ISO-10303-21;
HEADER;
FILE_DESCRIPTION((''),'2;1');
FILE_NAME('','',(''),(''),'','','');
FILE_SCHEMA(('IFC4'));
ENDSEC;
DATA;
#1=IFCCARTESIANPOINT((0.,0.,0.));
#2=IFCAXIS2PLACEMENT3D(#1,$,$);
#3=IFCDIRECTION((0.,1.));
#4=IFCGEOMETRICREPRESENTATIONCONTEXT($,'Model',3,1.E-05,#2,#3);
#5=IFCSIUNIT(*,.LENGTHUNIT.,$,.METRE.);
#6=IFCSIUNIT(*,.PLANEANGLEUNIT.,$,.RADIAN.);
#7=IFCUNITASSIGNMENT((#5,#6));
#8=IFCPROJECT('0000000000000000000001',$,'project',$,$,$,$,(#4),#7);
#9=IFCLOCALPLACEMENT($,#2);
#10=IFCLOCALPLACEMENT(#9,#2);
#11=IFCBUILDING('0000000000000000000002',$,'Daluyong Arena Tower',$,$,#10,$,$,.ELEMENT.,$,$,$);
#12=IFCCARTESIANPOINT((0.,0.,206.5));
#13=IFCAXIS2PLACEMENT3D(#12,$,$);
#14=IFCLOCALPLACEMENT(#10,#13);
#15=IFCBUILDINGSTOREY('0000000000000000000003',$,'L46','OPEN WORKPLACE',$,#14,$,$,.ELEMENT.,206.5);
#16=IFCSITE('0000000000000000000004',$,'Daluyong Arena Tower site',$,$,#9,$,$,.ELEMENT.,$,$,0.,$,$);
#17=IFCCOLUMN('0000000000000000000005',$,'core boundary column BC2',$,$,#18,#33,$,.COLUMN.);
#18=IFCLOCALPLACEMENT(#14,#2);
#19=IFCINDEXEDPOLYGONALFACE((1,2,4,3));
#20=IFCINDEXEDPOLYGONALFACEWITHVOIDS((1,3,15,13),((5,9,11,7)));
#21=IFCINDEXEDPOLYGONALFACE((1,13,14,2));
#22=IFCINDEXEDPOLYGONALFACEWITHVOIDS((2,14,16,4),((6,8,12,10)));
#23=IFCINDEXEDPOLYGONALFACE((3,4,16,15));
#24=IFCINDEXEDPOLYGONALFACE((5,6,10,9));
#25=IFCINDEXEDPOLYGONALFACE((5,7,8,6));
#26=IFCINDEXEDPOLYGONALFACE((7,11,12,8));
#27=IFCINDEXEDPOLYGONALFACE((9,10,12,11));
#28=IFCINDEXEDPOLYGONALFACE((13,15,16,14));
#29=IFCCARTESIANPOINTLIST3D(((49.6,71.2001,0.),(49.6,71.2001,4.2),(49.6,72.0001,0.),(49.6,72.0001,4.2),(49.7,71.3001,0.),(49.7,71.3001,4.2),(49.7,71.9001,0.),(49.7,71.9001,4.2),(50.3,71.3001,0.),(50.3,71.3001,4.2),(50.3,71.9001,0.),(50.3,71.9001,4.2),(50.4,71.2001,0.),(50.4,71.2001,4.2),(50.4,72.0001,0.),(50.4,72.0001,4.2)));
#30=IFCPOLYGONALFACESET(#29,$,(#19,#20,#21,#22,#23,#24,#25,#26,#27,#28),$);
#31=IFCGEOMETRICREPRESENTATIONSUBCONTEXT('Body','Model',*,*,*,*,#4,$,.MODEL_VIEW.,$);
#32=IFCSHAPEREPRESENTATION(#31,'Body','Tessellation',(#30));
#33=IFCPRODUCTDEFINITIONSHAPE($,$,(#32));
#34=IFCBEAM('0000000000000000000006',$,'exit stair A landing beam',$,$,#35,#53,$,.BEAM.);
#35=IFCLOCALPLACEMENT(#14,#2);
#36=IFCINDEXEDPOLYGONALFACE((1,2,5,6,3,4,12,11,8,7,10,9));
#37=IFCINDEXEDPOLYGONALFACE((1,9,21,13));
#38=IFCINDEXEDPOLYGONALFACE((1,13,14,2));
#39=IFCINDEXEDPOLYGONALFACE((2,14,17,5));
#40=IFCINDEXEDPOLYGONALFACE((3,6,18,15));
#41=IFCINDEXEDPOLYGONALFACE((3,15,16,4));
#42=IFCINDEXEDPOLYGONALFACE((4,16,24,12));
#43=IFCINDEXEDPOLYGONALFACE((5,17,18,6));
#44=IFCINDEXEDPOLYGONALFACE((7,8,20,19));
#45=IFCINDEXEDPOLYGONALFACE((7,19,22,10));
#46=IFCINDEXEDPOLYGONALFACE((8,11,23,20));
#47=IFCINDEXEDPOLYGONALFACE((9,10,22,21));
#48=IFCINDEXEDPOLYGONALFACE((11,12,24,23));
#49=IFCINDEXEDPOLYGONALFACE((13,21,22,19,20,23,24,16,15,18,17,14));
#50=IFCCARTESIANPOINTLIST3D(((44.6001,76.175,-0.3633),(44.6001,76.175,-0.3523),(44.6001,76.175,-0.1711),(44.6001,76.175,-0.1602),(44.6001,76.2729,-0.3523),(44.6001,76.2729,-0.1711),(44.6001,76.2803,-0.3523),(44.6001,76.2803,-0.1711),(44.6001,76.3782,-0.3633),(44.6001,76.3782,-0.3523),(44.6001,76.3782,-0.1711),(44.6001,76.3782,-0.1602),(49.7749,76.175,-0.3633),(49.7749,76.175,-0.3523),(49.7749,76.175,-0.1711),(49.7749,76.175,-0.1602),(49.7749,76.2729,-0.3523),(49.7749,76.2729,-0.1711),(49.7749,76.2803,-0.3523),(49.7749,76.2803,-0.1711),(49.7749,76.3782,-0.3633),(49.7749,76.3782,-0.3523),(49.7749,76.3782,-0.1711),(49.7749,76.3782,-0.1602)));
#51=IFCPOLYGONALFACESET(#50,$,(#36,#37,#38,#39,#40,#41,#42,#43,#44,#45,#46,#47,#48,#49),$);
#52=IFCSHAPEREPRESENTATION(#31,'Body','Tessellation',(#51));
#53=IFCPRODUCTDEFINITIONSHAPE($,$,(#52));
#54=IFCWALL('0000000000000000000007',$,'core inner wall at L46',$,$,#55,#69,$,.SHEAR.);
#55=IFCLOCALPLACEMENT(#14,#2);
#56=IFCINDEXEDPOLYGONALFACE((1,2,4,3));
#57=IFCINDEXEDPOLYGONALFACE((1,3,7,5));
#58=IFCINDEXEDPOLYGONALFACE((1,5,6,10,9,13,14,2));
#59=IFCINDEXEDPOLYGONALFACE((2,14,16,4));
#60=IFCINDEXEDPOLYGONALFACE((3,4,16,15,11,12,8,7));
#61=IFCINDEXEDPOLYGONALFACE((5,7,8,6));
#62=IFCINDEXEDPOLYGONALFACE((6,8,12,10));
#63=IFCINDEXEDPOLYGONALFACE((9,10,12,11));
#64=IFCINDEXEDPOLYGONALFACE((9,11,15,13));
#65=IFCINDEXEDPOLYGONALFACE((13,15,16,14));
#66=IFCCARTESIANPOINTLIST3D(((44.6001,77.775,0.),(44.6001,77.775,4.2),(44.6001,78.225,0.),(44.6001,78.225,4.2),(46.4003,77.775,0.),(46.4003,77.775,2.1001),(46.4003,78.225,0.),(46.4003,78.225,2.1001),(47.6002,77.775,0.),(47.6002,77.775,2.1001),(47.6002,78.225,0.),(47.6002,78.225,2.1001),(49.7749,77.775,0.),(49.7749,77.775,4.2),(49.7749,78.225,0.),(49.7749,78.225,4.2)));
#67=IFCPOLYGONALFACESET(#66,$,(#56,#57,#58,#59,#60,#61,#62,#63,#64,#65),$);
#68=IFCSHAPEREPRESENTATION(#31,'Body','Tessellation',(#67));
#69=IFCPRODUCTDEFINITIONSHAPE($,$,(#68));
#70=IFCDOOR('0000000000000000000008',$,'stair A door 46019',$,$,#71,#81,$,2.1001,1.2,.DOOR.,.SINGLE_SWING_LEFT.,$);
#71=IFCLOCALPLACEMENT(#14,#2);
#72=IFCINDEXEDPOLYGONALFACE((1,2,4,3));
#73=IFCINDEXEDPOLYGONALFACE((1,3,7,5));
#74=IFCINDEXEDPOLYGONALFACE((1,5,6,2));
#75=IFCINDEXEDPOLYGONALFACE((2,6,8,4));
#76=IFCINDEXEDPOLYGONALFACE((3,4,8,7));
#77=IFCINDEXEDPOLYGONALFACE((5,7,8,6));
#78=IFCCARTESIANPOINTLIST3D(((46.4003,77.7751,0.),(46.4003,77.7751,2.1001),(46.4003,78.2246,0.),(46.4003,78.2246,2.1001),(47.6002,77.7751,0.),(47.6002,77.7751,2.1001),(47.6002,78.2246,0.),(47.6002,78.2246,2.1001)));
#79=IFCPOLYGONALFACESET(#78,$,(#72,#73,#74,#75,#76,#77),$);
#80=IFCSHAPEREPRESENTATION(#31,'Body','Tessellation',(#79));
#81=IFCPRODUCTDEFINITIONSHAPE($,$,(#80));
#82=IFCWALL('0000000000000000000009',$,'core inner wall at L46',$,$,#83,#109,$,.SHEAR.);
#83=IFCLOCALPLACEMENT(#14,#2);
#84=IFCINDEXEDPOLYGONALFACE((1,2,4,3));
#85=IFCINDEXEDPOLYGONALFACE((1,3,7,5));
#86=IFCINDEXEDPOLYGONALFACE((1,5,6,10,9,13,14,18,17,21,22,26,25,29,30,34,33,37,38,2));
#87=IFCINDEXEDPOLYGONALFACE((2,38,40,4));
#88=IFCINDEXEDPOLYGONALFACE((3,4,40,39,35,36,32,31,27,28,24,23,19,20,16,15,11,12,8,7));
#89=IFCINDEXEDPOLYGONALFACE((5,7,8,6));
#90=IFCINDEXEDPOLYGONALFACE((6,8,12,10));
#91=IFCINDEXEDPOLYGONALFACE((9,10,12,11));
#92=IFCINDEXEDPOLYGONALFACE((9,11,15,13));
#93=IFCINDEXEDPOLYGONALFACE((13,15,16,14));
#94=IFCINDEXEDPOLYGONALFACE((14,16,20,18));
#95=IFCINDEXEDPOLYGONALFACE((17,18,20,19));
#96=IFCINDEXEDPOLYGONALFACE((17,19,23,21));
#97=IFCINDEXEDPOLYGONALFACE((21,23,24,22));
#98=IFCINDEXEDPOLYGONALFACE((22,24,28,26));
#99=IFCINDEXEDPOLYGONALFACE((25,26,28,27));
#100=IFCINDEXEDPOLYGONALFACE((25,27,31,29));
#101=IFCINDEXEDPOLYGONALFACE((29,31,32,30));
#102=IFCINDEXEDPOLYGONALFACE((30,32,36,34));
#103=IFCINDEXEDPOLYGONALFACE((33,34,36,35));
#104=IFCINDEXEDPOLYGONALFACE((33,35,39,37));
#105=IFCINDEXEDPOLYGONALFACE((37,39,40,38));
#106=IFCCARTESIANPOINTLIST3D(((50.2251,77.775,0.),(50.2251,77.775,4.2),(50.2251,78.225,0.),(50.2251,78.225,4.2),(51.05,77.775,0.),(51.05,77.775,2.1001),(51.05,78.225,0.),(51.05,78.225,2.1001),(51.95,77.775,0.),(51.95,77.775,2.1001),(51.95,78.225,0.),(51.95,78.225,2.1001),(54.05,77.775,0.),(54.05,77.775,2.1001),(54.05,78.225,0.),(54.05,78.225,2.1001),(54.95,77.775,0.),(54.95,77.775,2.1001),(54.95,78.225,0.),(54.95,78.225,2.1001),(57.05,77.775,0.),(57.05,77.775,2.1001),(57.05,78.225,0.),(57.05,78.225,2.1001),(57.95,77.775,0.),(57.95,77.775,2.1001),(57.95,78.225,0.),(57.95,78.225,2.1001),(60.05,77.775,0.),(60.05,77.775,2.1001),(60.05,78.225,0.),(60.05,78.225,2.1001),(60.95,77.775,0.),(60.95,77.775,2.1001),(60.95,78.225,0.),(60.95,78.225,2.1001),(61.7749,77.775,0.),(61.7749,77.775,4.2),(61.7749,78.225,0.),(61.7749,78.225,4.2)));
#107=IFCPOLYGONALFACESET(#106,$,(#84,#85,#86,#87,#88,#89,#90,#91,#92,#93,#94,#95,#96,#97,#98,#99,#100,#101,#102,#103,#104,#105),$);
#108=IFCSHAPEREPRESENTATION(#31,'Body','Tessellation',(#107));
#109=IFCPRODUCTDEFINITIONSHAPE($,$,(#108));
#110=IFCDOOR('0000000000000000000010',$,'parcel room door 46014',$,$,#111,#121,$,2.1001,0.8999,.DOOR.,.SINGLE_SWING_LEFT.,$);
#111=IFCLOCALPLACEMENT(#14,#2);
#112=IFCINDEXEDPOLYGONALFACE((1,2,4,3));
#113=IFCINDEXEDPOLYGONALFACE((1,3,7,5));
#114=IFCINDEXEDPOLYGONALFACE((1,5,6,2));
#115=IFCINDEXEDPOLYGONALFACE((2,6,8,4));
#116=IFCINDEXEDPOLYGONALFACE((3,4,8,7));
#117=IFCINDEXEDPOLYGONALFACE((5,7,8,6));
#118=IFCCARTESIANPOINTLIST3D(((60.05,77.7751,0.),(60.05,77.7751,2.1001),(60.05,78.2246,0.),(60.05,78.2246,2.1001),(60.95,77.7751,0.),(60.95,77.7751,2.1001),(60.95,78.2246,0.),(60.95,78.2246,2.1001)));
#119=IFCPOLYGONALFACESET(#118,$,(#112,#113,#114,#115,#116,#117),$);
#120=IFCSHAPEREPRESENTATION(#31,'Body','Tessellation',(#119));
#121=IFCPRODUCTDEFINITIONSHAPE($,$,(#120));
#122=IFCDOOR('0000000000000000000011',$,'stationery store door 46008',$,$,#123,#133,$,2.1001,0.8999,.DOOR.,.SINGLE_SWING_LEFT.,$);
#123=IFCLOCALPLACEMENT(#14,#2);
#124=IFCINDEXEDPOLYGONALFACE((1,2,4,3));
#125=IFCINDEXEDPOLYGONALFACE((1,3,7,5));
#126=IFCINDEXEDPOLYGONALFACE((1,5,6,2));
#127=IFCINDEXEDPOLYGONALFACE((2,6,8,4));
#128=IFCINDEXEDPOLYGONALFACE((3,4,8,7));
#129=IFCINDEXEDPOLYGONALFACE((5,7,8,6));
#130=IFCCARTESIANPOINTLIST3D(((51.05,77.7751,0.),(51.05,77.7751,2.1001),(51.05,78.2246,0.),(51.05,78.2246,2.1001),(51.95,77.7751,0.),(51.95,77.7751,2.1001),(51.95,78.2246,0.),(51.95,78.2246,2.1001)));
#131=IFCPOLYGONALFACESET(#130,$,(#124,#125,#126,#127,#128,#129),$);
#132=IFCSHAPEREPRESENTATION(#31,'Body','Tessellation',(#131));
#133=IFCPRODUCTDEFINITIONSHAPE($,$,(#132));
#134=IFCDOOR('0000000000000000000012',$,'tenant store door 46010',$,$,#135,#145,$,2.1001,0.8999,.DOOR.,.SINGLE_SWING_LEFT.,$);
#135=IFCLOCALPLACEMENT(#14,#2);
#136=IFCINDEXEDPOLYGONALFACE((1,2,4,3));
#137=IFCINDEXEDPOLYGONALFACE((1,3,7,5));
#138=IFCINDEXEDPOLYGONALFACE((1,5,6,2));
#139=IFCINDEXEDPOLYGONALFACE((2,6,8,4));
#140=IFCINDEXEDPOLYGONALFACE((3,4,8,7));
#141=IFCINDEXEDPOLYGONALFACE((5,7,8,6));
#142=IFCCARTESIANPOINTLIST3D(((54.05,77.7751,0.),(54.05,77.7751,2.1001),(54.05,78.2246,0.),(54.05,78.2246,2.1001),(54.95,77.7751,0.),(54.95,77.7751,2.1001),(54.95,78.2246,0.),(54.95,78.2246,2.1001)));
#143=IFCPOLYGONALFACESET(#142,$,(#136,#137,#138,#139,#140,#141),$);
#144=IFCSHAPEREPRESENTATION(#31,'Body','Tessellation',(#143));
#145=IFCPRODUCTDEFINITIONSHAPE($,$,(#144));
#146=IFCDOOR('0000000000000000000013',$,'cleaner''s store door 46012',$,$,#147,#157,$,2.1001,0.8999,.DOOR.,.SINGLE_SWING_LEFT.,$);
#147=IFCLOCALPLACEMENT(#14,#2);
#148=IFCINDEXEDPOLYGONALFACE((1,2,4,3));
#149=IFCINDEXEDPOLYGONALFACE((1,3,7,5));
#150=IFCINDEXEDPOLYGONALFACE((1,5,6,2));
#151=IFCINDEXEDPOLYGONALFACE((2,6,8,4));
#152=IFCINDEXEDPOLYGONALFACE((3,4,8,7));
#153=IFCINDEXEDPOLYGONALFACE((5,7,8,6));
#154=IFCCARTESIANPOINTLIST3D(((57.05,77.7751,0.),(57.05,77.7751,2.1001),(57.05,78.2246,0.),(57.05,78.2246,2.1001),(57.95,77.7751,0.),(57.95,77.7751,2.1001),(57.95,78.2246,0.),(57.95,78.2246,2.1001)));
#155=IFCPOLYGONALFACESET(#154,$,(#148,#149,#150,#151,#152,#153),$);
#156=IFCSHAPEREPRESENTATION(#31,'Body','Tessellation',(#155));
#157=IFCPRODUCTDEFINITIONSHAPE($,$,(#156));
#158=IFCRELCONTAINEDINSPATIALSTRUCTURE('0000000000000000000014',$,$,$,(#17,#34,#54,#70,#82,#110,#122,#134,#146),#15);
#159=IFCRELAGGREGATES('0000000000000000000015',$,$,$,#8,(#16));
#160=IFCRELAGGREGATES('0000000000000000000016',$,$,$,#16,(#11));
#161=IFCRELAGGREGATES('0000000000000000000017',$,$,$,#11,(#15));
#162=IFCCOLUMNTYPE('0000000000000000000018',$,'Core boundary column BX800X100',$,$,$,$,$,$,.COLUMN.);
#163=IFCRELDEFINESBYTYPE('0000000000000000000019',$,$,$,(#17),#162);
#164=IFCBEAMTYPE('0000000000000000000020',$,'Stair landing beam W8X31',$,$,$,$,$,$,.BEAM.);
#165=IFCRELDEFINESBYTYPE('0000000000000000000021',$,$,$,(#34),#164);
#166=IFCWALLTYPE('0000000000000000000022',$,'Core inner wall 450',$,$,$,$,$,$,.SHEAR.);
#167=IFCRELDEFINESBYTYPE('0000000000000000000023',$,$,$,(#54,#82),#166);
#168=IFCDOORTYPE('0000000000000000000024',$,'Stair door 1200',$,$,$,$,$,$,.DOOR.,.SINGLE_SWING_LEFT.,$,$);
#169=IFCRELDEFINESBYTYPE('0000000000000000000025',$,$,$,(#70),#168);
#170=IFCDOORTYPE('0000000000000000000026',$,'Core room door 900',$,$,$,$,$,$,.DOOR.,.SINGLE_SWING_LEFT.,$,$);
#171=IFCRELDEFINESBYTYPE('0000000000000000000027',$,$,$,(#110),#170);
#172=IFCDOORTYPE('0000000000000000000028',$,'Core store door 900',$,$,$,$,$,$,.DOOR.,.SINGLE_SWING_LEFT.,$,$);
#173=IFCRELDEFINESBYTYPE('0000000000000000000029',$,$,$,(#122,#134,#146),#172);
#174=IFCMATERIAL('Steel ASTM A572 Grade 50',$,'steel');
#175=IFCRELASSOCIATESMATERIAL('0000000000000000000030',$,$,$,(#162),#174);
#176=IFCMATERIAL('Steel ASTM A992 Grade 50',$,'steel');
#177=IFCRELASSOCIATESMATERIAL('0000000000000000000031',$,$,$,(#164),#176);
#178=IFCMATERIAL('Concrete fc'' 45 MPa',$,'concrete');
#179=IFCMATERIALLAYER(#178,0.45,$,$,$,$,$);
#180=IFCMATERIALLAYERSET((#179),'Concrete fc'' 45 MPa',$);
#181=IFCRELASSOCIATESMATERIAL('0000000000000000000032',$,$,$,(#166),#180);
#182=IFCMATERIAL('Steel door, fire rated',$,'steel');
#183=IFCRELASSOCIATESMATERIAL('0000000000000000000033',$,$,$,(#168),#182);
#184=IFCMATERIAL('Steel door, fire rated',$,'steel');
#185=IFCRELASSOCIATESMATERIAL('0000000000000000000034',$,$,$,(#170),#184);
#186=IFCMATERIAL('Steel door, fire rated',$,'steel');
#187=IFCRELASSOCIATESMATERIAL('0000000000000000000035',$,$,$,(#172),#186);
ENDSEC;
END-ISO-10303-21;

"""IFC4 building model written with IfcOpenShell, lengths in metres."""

from ifc_helpers import new_model, si_unit, direction, frame, frame_2d, origin, origin_2d, place, context, subcontext, project, spatial, rectangle, hollow_rectangle, i_section, extrude, material, layer, layer_set, material_profile, profile_set, type_object, element, fill, save


model = new_model("IFC4")

# Units and contexts
model_context = context("Model", 3, precision=1e-05, world=origin(), true_north=direction((0.0, 1.0)))
body_context = subcontext(model_context, "Body", "Model", "MODEL_VIEW")
ifc_project = project(units=[si_unit("LENGTHUNIT", "METRE"), si_unit("PLANEANGLEUNIT", "RADIAN")], contexts=[model_context])

# Site, building, storey
site_placement = place(None, origin())
site = spatial("IfcSite", under=ifc_project, at=site_placement, Name="Daluyong Arena Tower site", CompositionType="ELEMENT", RefElevation=0.0)
building_placement = place(site_placement, origin())
building = spatial("IfcBuilding", under=site, at=building_placement, Name="Daluyong Arena Tower", CompositionType="ELEMENT")
storey_placement = place(building_placement, frame((0.0, 0.0, 206.5)))
storey = spatial("IfcBuildingStorey", under=building, at=storey_placement, Name="L46", Description="OPEN WORKPLACE", CompositionType="ELEMENT", Elevation=206.5)

# Column
ifc_material_1 = material(Name="Steel ASTM A572 Grade 50", Category="steel")
ifc_material_profile_1 = material_profile(ifc_material_1, hollow_rectangle(XDim=0.8, YDim=0.8, WallThickness=0.1, at=origin_2d()))
ifc_profile_set_1 = profile_set([ifc_material_profile_1], Name="Steel ASTM A572 Grade 50")
column_type = type_object("IfcColumnType", Name="Core boundary column BX800X100", PredefinedType="COLUMN", material=ifc_profile_set_1)
column_placement = place(storey_placement, frame((50.0, 71.6001, 0.0), z_axis=(0.0, 0.0, 1.0), x_axis=(1.0, 0.0, 0.0)))
element("IfcColumn", 1, at=column_placement, inside=storey, type_object=column_type, Name="core boundary column BC2", PredefinedType="COLUMN", context=body_context, shape_type="SweptSolid", body=[
    extrude(hollow_rectangle(XDim=0.8, YDim=0.8, WallThickness=0.1, at=origin_2d()), origin(), (0.0, 0.0, 1.0), 4.2),
])

# Beam
ifc_material_2 = material(Name="Steel ASTM A992 Grade 50", Category="steel")
ifc_material_profile_2 = material_profile(ifc_material_2, i_section(OverallWidth=0.2031, OverallDepth=0.2031, WebThickness=0.0073, FlangeThickness=0.011, at=origin_2d()))
ifc_profile_set_2 = profile_set([ifc_material_profile_2], Name="Steel ASTM A992 Grade 50")
beam_type = type_object("IfcBeamType", Name="Stair landing beam W8X31", PredefinedType="BEAM", material=ifc_profile_set_2)
beam_placement = place(storey_placement, frame((44.6001, 76.2766, -0.2617), z_axis=(1.0, 0.0, 0.0), x_axis=(0.0, 1.0, 0.0)))
element("IfcBeam", 2, at=beam_placement, inside=storey, type_object=beam_type, Name="exit stair A landing beam", PredefinedType="BEAM", context=body_context, shape_type="SweptSolid", body=[
    extrude(i_section(OverallWidth=0.2031, OverallDepth=0.2031, WebThickness=0.0073, FlangeThickness=0.011, at=origin_2d()), origin(), (0.0, 0.0, 1.0), 5.1748),
])

# Wall, opening, door
ifc_material_3 = material(Name="Concrete fc' 45 MPa", Category="concrete")
ifc_layer_1 = layer(ifc_material_3, 0.45)
ifc_layer_set_1 = layer_set([ifc_layer_1], Name="Concrete fc' 45 MPa")
wall_type_1 = type_object("IfcWallType", Name="Core inner wall 450", PredefinedType="SHEAR", material=ifc_layer_set_1)
wall_1_placement = place(storey_placement, frame((44.6001, 78.0, 0.0), z_axis=(0.0, 0.0, 1.0), x_axis=(1.0, 0.0, 0.0)))
wall_1 = element("IfcWall", 3, at=wall_1_placement, inside=storey, type_object=wall_type_1, Name="core inner wall at L46", PredefinedType="SHEAR", context=body_context, shape_type="SweptSolid", body=[
    extrude(rectangle(XDim=5.1748, YDim=0.45, at=frame_2d((2.5874, 0.0))), origin(), (0.0, 0.0, 1.0), 4.2),
])
opening_1_placement = place(wall_1_placement, frame((1.8, 0.0, 0.0)))
opening_1 = element("IfcOpeningElement", 4, at=opening_1_placement, cuts=wall_1, PredefinedType="OPENING", context=body_context, shape_type="SweptSolid", body=[
    extrude(rectangle(XDim=1.2, YDim=2.1001, at=frame_2d((0.6001, 1.05))), frame((0.0, 0.2349, 0.0), z_axis=(0.0, -1.0, 0.0), x_axis=(1.0, 0.0, 0.0)), (0.0, 0.0, 1.0), 0.47),
])
ifc_material_4 = material(Name="Steel door, fire rated", Category="steel")
door_type_1 = type_object("IfcDoorType", Name="Stair door 1200", OperationType="SINGLE_SWING_LEFT", PredefinedType="DOOR", material=ifc_material_4)
door_1_placement = place(opening_1_placement, origin())
door_1 = element("IfcDoor", 5, at=door_1_placement, inside=storey, type_object=door_type_1, Name="stair A door 46019", OperationType="SINGLE_SWING_LEFT", OverallHeight=2.1001, OverallWidth=1.2, PredefinedType="DOOR", context=body_context, shape_type="SweptSolid", body=[
    extrude(rectangle(XDim=1.2, YDim=2.1001, at=frame_2d((0.6001, 1.05))), frame((0.0, 0.2246, 0.0), z_axis=(0.0, -1.0, 0.0), x_axis=(1.0, 0.0, 0.0)), (0.0, 0.0, 1.0), 0.4495),
])
fill(opening_1, door_1)

# Wall, openings, doors
wall_2_placement = place(storey_placement, frame((50.2251, 78.0, 0.0), z_axis=(0.0, 0.0, 1.0), x_axis=(1.0, 0.0, 0.0)))
wall_2 = element("IfcWall", 6, at=wall_2_placement, inside=storey, type_object=wall_type_1, Name="core inner wall at L46", PredefinedType="SHEAR", context=body_context, shape_type="SweptSolid", body=[
    extrude(rectangle(XDim=11.5498, YDim=0.45, at=frame_2d((5.7749, 0.0))), origin(), (0.0, 0.0, 1.0), 4.2),
])
opening_2_placement = place(wall_2_placement, frame((0.825, 0.0, 0.0)))
opening_2 = element("IfcOpeningElement", 7, at=opening_2_placement, cuts=wall_2, PredefinedType="OPENING", context=body_context, shape_type="SweptSolid", body=[
    extrude(rectangle(XDim=0.8999, YDim=2.1001, at=frame_2d((0.45, 1.05))), frame((0.0, 0.2349, 0.0), z_axis=(0.0, -1.0, 0.0), x_axis=(1.0, 0.0, 0.0)), (0.0, 0.0, 1.0), 0.47),
])
opening_3_placement = place(wall_2_placement, frame((3.825, 0.0, 0.0)))
opening_3 = element("IfcOpeningElement", 8, at=opening_3_placement, cuts=wall_2, PredefinedType="OPENING", context=body_context, shape_type="SweptSolid", body=[
    extrude(rectangle(XDim=0.8999, YDim=2.1001, at=frame_2d((0.45, 1.05))), frame((0.0, 0.2349, 0.0), z_axis=(0.0, -1.0, 0.0), x_axis=(1.0, 0.0, 0.0)), (0.0, 0.0, 1.0), 0.47),
])
opening_4_placement = place(wall_2_placement, frame((6.825, 0.0, 0.0)))
opening_4 = element("IfcOpeningElement", 9, at=opening_4_placement, cuts=wall_2, PredefinedType="OPENING", context=body_context, shape_type="SweptSolid", body=[
    extrude(rectangle(XDim=0.8999, YDim=2.1001, at=frame_2d((0.45, 1.05))), frame((0.0, 0.2349, 0.0), z_axis=(0.0, -1.0, 0.0), x_axis=(1.0, 0.0, 0.0)), (0.0, 0.0, 1.0), 0.47),
])
opening_5_placement = place(wall_2_placement, frame((9.825, 0.0, 0.0)))
opening_5 = element("IfcOpeningElement", 10, at=opening_5_placement, cuts=wall_2, PredefinedType="OPENING", context=body_context, shape_type="SweptSolid", body=[
    extrude(rectangle(XDim=0.8999, YDim=2.1001, at=frame_2d((0.45, 1.05))), frame((0.0, 0.2349, 0.0), z_axis=(0.0, -1.0, 0.0), x_axis=(1.0, 0.0, 0.0)), (0.0, 0.0, 1.0), 0.47),
])
ifc_material_5 = material(Name="Steel door, fire rated", Category="steel")
door_type_2 = type_object("IfcDoorType", Name="Core room door 900", OperationType="SINGLE_SWING_LEFT", PredefinedType="DOOR", material=ifc_material_5)
door_2_placement = place(opening_5_placement, origin())
door_2 = element("IfcDoor", 11, at=door_2_placement, inside=storey, type_object=door_type_2, Name="parcel room door 46014", OperationType="SINGLE_SWING_LEFT", OverallHeight=2.1001, OverallWidth=0.8999, PredefinedType="DOOR", context=body_context, shape_type="SweptSolid", body=[
    extrude(rectangle(XDim=0.8999, YDim=2.1001, at=frame_2d((0.45, 1.05))), frame((0.0, 0.2246, 0.0), z_axis=(0.0, -1.0, 0.0), x_axis=(1.0, 0.0, 0.0)), (0.0, 0.0, 1.0), 0.4495),
])
fill(opening_5, door_2)
ifc_material_6 = material(Name="Steel door, fire rated", Category="steel")
door_type_3 = type_object("IfcDoorType", Name="Core store door 900", OperationType="SINGLE_SWING_LEFT", PredefinedType="DOOR", material=ifc_material_6)
door_3_placement = place(opening_2_placement, origin())
door_3 = element("IfcDoor", 12, at=door_3_placement, inside=storey, type_object=door_type_3, Name="stationery store door 46008", OperationType="SINGLE_SWING_LEFT", OverallHeight=2.1001, OverallWidth=0.8999, PredefinedType="DOOR", context=body_context, shape_type="SweptSolid", body=[
    extrude(rectangle(XDim=0.8999, YDim=2.1001, at=frame_2d((0.45, 1.05))), frame((0.0, 0.2246, 0.0), z_axis=(0.0, -1.0, 0.0), x_axis=(1.0, 0.0, 0.0)), (0.0, 0.0, 1.0), 0.4495),
])
fill(opening_2, door_3)
door_4_placement = place(opening_3_placement, origin())
door_4 = element("IfcDoor", 13, at=door_4_placement, inside=storey, type_object=door_type_3, Name="tenant store door 46010", OperationType="SINGLE_SWING_LEFT", OverallHeight=2.1001, OverallWidth=0.8999, PredefinedType="DOOR", context=body_context, shape_type="SweptSolid", body=[
    extrude(rectangle(XDim=0.8999, YDim=2.1001, at=frame_2d((0.45, 1.05))), frame((0.0, 0.2246, 0.0), z_axis=(0.0, -1.0, 0.0), x_axis=(1.0, 0.0, 0.0)), (0.0, 0.0, 1.0), 0.4495),
])
fill(opening_3, door_4)
door_5_placement = place(opening_4_placement, origin())
door_5 = element("IfcDoor", 14, at=door_5_placement, inside=storey, type_object=door_type_3, Name="cleaner's store door 46012", OperationType="SINGLE_SWING_LEFT", OverallHeight=2.1001, OverallWidth=0.8999, PredefinedType="DOOR", context=body_context, shape_type="SweptSolid", body=[
    extrude(rectangle(XDim=0.8999, YDim=2.1001, at=frame_2d((0.45, 1.05))), frame((0.0, 0.2246, 0.0), z_axis=(0.0, -1.0, 0.0), x_axis=(1.0, 0.0, 0.0)), (0.0, 0.0, 1.0), 0.4495),
])
fill(opening_4, door_5)

save(model, "model.ifc")
